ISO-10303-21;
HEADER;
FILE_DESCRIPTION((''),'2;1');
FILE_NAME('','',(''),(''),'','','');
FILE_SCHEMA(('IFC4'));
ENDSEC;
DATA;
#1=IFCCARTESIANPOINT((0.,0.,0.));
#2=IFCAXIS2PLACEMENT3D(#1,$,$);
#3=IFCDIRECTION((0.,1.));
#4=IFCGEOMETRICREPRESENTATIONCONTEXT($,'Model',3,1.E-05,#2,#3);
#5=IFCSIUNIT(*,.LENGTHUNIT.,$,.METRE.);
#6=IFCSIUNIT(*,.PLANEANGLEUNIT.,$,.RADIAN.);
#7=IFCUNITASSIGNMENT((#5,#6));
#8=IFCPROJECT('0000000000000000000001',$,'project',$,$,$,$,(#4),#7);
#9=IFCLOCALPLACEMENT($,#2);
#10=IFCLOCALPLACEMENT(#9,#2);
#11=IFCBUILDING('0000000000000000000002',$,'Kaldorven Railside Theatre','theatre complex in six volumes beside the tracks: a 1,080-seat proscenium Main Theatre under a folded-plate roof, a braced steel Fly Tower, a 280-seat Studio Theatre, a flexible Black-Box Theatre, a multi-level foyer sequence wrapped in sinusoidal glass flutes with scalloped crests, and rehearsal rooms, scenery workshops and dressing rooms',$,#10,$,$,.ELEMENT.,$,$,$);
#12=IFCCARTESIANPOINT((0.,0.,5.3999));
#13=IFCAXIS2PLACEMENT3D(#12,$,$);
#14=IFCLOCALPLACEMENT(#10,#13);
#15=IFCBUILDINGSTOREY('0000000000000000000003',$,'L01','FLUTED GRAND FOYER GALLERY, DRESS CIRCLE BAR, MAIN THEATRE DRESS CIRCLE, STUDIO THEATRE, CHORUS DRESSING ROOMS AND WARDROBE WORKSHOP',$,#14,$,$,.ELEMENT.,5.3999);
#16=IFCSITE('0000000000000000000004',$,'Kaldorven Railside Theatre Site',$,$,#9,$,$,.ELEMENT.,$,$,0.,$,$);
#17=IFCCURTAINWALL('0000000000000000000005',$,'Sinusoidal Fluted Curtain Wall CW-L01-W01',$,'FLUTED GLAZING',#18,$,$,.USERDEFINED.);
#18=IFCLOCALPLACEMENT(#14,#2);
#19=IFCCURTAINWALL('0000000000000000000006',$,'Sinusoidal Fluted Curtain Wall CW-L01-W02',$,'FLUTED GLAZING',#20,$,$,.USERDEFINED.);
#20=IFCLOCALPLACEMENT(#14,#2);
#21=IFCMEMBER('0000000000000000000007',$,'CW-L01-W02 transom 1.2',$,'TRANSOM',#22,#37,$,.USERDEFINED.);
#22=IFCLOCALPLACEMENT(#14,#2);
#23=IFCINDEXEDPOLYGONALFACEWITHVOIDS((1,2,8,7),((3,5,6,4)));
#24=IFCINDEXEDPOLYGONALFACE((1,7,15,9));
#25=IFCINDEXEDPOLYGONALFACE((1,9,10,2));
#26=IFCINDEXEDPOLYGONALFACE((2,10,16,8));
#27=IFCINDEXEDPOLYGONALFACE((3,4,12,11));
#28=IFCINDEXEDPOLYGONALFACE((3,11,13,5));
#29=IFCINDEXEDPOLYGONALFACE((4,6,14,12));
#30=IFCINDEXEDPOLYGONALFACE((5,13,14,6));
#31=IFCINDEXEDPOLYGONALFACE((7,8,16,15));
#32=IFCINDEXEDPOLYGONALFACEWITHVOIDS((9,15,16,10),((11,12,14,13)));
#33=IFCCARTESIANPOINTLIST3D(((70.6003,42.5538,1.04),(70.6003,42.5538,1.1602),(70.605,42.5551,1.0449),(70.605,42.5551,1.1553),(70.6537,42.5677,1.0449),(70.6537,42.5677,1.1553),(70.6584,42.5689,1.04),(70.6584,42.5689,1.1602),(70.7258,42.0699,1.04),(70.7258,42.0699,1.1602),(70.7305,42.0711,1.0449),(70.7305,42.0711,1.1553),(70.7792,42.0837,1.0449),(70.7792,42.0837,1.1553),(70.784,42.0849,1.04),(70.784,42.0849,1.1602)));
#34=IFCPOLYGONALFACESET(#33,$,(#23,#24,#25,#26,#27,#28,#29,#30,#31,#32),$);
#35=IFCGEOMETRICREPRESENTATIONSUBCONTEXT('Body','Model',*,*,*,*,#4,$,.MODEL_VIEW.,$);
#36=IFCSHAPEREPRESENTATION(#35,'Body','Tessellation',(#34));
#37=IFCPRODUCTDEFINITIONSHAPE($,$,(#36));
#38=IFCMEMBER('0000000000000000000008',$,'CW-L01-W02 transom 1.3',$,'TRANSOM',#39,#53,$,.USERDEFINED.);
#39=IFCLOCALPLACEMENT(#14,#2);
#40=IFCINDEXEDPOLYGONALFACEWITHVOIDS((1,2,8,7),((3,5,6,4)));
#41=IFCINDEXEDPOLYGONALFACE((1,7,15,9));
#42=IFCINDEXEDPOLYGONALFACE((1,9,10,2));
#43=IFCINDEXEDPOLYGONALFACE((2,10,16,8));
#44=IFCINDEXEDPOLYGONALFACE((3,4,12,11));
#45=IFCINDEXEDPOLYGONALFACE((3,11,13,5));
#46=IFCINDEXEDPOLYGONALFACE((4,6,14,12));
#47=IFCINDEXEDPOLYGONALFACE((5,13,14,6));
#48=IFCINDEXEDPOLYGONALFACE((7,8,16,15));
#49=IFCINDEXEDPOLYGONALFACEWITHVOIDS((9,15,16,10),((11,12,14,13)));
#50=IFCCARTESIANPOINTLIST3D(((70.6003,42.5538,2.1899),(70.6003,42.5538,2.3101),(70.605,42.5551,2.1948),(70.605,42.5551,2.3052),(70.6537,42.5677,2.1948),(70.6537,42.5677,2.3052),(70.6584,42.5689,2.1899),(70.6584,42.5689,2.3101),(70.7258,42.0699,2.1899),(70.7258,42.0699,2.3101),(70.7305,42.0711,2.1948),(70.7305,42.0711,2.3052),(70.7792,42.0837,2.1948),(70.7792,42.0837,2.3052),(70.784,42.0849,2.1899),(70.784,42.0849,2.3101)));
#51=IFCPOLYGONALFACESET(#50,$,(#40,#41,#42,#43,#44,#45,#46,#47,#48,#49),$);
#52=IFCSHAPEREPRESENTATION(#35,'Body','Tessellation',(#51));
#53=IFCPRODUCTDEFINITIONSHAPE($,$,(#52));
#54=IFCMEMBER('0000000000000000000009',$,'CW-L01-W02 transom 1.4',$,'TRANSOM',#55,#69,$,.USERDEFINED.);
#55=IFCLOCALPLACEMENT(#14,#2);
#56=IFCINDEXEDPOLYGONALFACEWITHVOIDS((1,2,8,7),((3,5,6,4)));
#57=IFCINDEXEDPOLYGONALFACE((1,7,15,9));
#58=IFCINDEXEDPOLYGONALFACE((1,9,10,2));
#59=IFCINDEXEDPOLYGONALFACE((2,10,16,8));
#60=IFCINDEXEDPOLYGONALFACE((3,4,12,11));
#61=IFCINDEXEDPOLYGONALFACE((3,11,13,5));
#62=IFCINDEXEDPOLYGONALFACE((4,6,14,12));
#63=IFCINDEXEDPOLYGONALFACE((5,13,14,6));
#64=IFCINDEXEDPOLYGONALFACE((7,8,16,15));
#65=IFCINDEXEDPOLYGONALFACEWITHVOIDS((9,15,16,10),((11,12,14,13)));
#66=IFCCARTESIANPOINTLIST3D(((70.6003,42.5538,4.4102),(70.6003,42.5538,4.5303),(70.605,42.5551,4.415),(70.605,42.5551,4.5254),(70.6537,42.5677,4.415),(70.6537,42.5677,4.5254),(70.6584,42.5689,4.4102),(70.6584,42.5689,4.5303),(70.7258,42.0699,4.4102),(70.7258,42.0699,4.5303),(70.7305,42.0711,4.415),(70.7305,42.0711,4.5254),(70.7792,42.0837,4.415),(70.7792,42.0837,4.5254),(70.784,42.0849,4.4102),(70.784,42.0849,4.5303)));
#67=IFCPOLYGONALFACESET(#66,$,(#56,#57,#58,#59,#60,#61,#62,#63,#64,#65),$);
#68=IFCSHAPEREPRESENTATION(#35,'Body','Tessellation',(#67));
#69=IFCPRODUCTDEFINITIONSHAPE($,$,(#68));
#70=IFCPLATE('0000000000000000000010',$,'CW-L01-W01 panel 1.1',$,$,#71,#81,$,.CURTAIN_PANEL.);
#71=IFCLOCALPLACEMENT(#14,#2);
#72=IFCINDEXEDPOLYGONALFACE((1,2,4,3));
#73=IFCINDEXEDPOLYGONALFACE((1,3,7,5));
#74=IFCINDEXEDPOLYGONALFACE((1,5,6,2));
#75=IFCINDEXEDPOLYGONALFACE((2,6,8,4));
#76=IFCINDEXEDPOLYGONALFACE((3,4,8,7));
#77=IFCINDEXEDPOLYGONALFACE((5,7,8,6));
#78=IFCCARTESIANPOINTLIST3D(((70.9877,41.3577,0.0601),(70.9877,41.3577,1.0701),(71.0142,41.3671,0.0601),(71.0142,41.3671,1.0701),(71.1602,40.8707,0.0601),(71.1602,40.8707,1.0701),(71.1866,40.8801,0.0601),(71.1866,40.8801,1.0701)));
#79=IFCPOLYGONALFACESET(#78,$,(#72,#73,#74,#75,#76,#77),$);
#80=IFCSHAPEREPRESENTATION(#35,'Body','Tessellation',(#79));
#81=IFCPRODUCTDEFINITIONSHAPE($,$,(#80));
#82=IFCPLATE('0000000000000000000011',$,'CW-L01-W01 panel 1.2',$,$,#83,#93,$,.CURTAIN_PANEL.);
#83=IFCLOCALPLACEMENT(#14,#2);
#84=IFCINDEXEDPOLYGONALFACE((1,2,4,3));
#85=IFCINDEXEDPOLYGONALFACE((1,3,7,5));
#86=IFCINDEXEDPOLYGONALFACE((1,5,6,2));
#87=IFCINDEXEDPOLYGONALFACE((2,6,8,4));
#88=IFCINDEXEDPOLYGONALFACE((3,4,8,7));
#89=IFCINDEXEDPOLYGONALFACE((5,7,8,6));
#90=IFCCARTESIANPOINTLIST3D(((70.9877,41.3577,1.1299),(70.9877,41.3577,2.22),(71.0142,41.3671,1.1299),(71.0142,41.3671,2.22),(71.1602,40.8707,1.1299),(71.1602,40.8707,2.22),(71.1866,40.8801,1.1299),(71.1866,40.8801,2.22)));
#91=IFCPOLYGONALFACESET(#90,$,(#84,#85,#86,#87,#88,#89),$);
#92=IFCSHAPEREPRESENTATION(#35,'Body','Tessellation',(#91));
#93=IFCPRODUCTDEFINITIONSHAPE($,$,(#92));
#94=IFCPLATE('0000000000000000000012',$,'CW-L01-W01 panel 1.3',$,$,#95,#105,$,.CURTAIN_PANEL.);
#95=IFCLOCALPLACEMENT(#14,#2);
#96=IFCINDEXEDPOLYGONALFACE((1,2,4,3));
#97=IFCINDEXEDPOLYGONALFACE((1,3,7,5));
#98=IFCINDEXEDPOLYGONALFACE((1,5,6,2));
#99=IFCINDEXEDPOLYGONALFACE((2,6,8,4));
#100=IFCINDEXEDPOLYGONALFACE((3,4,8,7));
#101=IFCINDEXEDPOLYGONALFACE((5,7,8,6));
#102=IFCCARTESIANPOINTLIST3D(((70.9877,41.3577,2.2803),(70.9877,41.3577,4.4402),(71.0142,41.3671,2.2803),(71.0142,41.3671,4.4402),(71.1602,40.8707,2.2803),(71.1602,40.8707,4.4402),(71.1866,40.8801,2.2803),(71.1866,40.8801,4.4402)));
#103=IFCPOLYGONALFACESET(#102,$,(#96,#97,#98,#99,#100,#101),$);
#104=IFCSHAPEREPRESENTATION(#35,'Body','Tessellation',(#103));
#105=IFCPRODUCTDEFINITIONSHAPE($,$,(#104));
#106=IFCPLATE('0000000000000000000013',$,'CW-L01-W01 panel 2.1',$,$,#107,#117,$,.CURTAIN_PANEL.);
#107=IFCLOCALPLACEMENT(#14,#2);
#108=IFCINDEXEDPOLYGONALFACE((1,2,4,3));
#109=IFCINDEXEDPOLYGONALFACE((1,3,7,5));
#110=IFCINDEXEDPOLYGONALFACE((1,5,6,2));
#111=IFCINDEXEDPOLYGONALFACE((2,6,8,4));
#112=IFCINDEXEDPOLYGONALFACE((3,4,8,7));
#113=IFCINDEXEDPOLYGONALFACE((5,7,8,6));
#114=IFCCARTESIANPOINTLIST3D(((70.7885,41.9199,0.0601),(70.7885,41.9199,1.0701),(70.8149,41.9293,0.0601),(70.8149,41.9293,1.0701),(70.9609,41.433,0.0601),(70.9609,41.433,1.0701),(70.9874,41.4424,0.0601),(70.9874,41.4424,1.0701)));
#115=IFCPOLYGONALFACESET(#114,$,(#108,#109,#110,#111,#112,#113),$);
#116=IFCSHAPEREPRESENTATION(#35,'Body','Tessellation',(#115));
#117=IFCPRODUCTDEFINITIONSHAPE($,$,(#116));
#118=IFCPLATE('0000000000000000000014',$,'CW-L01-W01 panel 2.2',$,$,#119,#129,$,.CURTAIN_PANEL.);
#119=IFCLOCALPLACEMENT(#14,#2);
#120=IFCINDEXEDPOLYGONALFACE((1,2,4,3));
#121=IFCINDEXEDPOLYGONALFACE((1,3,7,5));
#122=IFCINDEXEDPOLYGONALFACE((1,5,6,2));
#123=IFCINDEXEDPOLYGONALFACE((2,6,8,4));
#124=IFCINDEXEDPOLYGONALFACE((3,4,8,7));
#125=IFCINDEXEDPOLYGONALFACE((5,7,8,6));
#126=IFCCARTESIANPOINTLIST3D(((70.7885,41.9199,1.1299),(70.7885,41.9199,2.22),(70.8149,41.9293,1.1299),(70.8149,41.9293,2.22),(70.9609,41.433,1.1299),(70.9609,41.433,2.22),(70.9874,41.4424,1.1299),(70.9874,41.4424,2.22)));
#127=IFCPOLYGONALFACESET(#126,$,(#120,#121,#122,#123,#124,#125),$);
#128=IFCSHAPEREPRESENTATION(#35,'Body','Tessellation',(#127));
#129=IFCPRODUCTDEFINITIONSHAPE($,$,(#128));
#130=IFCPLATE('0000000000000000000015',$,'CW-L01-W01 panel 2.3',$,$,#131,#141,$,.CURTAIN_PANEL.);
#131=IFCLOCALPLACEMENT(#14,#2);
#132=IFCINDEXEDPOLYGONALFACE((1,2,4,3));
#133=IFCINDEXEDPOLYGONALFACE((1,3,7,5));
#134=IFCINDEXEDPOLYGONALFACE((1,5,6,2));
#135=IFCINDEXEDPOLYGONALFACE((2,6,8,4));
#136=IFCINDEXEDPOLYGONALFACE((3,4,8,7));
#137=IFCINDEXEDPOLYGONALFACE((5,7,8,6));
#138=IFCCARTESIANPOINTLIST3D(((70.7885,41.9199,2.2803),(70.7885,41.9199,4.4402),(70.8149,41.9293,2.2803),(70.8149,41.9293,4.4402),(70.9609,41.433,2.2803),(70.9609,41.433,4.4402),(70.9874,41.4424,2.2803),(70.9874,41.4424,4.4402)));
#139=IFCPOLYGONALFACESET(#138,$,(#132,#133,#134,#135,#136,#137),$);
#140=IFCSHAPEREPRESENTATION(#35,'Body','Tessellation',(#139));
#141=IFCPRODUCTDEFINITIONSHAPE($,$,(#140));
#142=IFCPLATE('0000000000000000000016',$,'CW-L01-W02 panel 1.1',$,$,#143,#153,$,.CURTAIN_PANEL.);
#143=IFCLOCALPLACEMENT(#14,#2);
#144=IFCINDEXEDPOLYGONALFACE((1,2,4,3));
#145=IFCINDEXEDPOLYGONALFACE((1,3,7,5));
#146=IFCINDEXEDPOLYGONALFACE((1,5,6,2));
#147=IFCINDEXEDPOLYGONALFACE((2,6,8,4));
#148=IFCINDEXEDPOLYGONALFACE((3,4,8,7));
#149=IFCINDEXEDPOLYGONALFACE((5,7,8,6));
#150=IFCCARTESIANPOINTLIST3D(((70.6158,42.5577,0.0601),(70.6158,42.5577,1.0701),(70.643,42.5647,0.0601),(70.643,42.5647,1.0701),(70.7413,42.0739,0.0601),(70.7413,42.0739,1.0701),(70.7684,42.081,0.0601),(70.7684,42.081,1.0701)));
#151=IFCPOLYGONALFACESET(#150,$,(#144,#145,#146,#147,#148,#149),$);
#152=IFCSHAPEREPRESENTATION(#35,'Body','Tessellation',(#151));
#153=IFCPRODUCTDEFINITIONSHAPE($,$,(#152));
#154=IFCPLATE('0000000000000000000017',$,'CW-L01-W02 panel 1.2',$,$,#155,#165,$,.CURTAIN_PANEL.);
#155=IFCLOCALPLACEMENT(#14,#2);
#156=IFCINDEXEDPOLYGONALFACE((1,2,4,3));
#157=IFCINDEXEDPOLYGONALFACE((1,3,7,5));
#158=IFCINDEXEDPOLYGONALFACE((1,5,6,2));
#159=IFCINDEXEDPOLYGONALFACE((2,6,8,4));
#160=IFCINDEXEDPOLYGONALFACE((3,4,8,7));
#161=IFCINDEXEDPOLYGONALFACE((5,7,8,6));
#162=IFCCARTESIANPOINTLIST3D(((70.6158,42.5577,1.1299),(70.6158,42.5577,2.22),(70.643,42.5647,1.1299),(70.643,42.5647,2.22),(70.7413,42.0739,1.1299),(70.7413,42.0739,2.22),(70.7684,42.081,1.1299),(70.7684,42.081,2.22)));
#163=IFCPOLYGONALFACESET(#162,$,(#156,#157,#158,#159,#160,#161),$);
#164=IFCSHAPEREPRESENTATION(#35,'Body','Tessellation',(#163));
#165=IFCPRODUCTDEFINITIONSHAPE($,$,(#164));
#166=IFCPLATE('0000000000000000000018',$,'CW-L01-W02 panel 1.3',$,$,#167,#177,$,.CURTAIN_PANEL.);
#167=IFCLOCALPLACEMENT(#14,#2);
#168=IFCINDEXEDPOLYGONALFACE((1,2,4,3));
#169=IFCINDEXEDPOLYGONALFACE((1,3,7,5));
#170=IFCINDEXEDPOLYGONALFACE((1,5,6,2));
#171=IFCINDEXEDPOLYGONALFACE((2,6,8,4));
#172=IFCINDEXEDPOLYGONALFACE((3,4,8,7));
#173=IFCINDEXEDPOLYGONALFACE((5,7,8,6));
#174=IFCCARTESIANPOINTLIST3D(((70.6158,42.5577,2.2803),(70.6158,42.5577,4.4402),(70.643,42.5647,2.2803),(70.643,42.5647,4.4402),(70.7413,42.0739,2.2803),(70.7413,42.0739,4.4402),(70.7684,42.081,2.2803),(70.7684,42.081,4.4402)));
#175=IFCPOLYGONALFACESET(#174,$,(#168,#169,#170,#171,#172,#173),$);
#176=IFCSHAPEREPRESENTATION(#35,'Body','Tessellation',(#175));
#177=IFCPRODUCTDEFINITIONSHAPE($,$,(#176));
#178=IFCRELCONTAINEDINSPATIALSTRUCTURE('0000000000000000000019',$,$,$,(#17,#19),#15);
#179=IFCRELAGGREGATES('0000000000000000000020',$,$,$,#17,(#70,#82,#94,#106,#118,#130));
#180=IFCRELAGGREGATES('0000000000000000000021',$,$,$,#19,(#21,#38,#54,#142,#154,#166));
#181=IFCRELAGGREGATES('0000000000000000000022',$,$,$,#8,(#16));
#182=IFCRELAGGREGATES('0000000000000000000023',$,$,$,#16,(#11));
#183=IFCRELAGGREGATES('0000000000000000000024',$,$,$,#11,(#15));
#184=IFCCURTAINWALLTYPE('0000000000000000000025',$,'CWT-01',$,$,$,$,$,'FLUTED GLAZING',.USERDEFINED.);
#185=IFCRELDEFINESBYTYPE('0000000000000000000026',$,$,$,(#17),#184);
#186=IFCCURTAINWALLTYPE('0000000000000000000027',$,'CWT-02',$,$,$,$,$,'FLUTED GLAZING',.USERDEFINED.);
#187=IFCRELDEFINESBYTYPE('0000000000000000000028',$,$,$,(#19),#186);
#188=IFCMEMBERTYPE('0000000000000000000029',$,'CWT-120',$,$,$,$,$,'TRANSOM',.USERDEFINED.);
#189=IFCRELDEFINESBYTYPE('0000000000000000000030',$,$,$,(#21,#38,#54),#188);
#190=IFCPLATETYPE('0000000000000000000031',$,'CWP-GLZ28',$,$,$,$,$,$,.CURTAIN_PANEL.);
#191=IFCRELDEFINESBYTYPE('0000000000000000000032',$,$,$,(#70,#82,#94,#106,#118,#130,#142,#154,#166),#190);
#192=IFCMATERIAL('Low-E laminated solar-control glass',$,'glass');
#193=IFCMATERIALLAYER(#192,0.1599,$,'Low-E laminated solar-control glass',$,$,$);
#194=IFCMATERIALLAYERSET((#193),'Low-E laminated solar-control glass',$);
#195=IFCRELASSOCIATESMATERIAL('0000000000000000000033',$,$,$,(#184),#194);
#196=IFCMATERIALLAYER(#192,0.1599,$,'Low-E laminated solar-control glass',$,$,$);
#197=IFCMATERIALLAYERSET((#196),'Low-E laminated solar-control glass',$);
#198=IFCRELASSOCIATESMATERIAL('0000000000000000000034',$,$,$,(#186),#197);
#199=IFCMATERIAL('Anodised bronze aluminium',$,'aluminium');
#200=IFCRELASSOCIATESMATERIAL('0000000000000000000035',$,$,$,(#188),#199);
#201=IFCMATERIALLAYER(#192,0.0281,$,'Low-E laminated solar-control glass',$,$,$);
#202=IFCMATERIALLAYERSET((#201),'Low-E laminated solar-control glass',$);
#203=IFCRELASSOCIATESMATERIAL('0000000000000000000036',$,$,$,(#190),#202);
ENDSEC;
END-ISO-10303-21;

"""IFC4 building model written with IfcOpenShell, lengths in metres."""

from ifc_helpers import new_model, si_unit, direction, frame, origin, origin_2d, place, context, subcontext, project, spatial, rectangle, hollow_rectangle, extrude, material, layer, layer_set, material_profile, profile_set, type_object, element, aggregate, save


model = new_model("IFC4")

# Units and contexts
model_context = context("Model", 3, precision=1e-05, world=origin(), true_north=direction((0.0, 1.0)))
body_context = subcontext(model_context, "Body", "Model", "MODEL_VIEW")
ifc_project = project(units=[si_unit("LENGTHUNIT", "METRE"), si_unit("PLANEANGLEUNIT", "RADIAN")], contexts=[model_context])

# Site, building, storey
site_placement = place(None, origin())
site = spatial("IfcSite", under=ifc_project, at=site_placement, Name="Kaldorven Railside Theatre Site", CompositionType="ELEMENT", RefElevation=0.0)
building_placement = place(site_placement, origin())
building = spatial("IfcBuilding", under=site, at=building_placement, Name="Kaldorven Railside Theatre", Description="theatre complex in six volumes beside the tracks: a 1,080-seat proscenium Main Theatre under a folded-plate roof, a braced steel Fly Tower, a 280-seat Studio Theatre, a flexible Black-Box Theatre, a multi-level foyer sequence wrapped in sinusoidal glass flutes with scalloped crests, and rehearsal rooms, scenery workshops and dressing rooms", CompositionType="ELEMENT")
storey_placement = place(building_placement, frame((0.0, 0.0, 5.3999)))
storey = spatial("IfcBuildingStorey", under=building, at=storey_placement, Name="L01", Description="FLUTED GRAND FOYER GALLERY, DRESS CIRCLE BAR, MAIN THEATRE DRESS CIRCLE, STUDIO THEATRE, CHORUS DRESSING ROOMS AND WARDROBE WORKSHOP", CompositionType="ELEMENT", Elevation=5.3999)

# Curtain wall
ifc_material_1 = material(Name="Low-E laminated solar-control glass", Category="glass")
ifc_layer_1 = layer(ifc_material_1, 0.1599, Name="Low-E laminated solar-control glass")
ifc_layer_set_1 = layer_set([ifc_layer_1], Name="Low-E laminated solar-control glass")
curtain_wall_type_1 = type_object("IfcCurtainWallType", Name="CWT-01", ElementType="FLUTED GLAZING", PredefinedType="USERDEFINED", material=ifc_layer_set_1)
curtain_wall_1_placement = place(storey_placement, origin())
curtain_wall_1 = element("IfcCurtainWall", 1, at=curtain_wall_1_placement, inside=storey, type_object=curtain_wall_type_1, Name="Sinusoidal Fluted Curtain Wall CW-L01-W01", ObjectType="FLUTED GLAZING", PredefinedType="USERDEFINED")
ifc_material_2 = material(Name="Anodised bronze aluminium", Category="aluminium")

# Curtain wall
ifc_layer_2 = layer(ifc_material_1, 0.1599, Name="Low-E laminated solar-control glass")
ifc_layer_set_2 = layer_set([ifc_layer_2], Name="Low-E laminated solar-control glass")
curtain_wall_type_2 = type_object("IfcCurtainWallType", Name="CWT-02", ElementType="FLUTED GLAZING", PredefinedType="USERDEFINED", material=ifc_layer_set_2)
curtain_wall_2_placement = place(storey_placement, origin())
curtain_wall_2 = element("IfcCurtainWall", 2, at=curtain_wall_2_placement, inside=storey, type_object=curtain_wall_type_2, Name="Sinusoidal Fluted Curtain Wall CW-L01-W02", ObjectType="FLUTED GLAZING", PredefinedType="USERDEFINED")

# Members
ifc_material_profile_1 = material_profile(ifc_material_2, hollow_rectangle(XDim=0.0601, YDim=0.1201, WallThickness=0.0049, at=origin_2d()), Name="RHS 120x60x5")
ifc_profile_set_1 = profile_set([ifc_material_profile_1], Name="Anodised bronze aluminium")
member_type_1 = type_object("IfcMemberType", Name="CWT-120", ElementType="TRANSOM", PredefinedType="USERDEFINED", material=ifc_profile_set_1)
member_1_placement = place(storey_placement, frame((70.7549, 42.0774, 1.1001), z_axis=(-0.25103, 0.967979, 0.0), x_axis=(-0.967979, -0.25103, 0.0)))
member_1 = element("IfcMember", 3, at=member_1_placement, type_object=member_type_1, Name="CW-L01-W02 transom 1.2", ObjectType="TRANSOM", PredefinedType="USERDEFINED", context=body_context, shape_type="SweptSolid", body=[
    extrude(hollow_rectangle(XDim=0.0601, YDim=0.1201, WallThickness=0.0049, at=origin_2d()), origin(), (0.0, 0.0, 1.0), 0.5),
])
member_2_placement = place(storey_placement, frame((70.7549, 42.0774, 2.25), z_axis=(-0.25103, 0.967979, 0.0), x_axis=(-0.967979, -0.25103, 0.0)))
member_2 = element("IfcMember", 4, at=member_2_placement, type_object=member_type_1, Name="CW-L01-W02 transom 1.3", ObjectType="TRANSOM", PredefinedType="USERDEFINED", context=body_context, shape_type="SweptSolid", body=[
    extrude(hollow_rectangle(XDim=0.0601, YDim=0.1201, WallThickness=0.0049, at=origin_2d()), origin(), (0.0, 0.0, 1.0), 0.5),
])
member_3_placement = place(storey_placement, frame((70.7549, 42.0774, 4.4702), z_axis=(-0.25103, 0.967979, 0.0), x_axis=(-0.967979, -0.25103, 0.0)))
member_3 = element("IfcMember", 5, at=member_3_placement, type_object=member_type_1, Name="CW-L01-W02 transom 1.4", ObjectType="TRANSOM", PredefinedType="USERDEFINED", context=body_context, shape_type="SweptSolid", body=[
    extrude(hollow_rectangle(XDim=0.0601, YDim=0.1201, WallThickness=0.0049, at=origin_2d()), origin(), (0.0, 0.0, 1.0), 0.5),
])

# Plates
ifc_layer_3 = layer(ifc_material_1, 0.0281, Name="Low-E laminated solar-control glass")
ifc_layer_set_3 = layer_set([ifc_layer_3], Name="Low-E laminated solar-control glass")
plate_type = type_object("IfcPlateType", Name="CWP-GLZ28", PredefinedType="CURTAIN_PANEL", material=ifc_layer_set_3)
plate_1_placement = place(storey_placement, frame((71.0872, 41.1189, 0.0601), z_axis=(0.0, 0.0, 1.0), x_axis=(-0.333847, 0.942627, 0.0)))
plate_1 = element("IfcPlate", 6, at=plate_1_placement, type_object=plate_type, Name="CW-L01-W01 panel 1.1", PredefinedType="CURTAIN_PANEL", context=body_context, shape_type="SweptSolid", body=[
    extrude(rectangle(XDim=0.5166, YDim=0.0281, at=origin_2d()), origin(), (0.0, 0.0, 1.0), 1.01),
])
plate_2_placement = place(storey_placement, frame((71.0872, 41.1189, 1.1299), z_axis=(0.0, 0.0, 1.0), x_axis=(-0.333847, 0.942627, 0.0)))
plate_2 = element("IfcPlate", 7, at=plate_2_placement, type_object=plate_type, Name="CW-L01-W01 panel 1.2", PredefinedType="CURTAIN_PANEL", context=body_context, shape_type="SweptSolid", body=[
    extrude(rectangle(XDim=0.5166, YDim=0.0281, at=origin_2d()), origin(), (0.0, 0.0, 1.0), 1.0901),
])
plate_3_placement = place(storey_placement, frame((71.0872, 41.1189, 2.2803), z_axis=(0.0, 0.0, 1.0), x_axis=(-0.333847, 0.942627, 0.0)))
plate_3 = element("IfcPlate", 8, at=plate_3_placement, type_object=plate_type, Name="CW-L01-W01 panel 1.3", PredefinedType="CURTAIN_PANEL", context=body_context, shape_type="SweptSolid", body=[
    extrude(rectangle(XDim=0.5166, YDim=0.0281, at=origin_2d()), origin(), (0.0, 0.0, 1.0), 2.1599),
])
plate_4_placement = place(storey_placement, frame((70.8879, 41.6812, 0.0601), z_axis=(0.0, 0.0, 1.0), x_axis=(-0.333847, 0.942627, 0.0)))
plate_4 = element("IfcPlate", 9, at=plate_4_placement, type_object=plate_type, Name="CW-L01-W01 panel 2.1", PredefinedType="CURTAIN_PANEL", context=body_context, shape_type="SweptSolid", body=[
    extrude(rectangle(XDim=0.5166, YDim=0.0281, at=origin_2d()), origin(), (0.0, 0.0, 1.0), 1.01),
])
plate_5_placement = place(storey_placement, frame((70.8879, 41.6812, 1.1299), z_axis=(0.0, 0.0, 1.0), x_axis=(-0.333847, 0.942627, 0.0)))
plate_5 = element("IfcPlate", 10, at=plate_5_placement, type_object=plate_type, Name="CW-L01-W01 panel 2.2", PredefinedType="CURTAIN_PANEL", context=body_context, shape_type="SweptSolid", body=[
    extrude(rectangle(XDim=0.5166, YDim=0.0281, at=origin_2d()), origin(), (0.0, 0.0, 1.0), 1.0901),
])
plate_6_placement = place(storey_placement, frame((70.8879, 41.6812, 2.2803), z_axis=(0.0, 0.0, 1.0), x_axis=(-0.333847, 0.942627, 0.0)))
plate_6 = element("IfcPlate", 11, at=plate_6_placement, type_object=plate_type, Name="CW-L01-W01 panel 2.3", PredefinedType="CURTAIN_PANEL", context=body_context, shape_type="SweptSolid", body=[
    extrude(rectangle(XDim=0.5166, YDim=0.0281, at=origin_2d()), origin(), (0.0, 0.0, 1.0), 2.1599),
])
aggregate(curtain_wall_1, [plate_1, plate_2, plate_3, plate_4, plate_5, plate_6])
plate_7_placement = place(storey_placement, frame((70.6921, 42.3193, 0.0601), z_axis=(0.0, 0.0, 1.0), x_axis=(-0.250954, 0.967999, 0.0)))
plate_7 = element("IfcPlate", 12, at=plate_7_placement, type_object=plate_type, Name="CW-L01-W02 panel 1.1", PredefinedType="CURTAIN_PANEL", context=body_context, shape_type="SweptSolid", body=[
    extrude(rectangle(XDim=0.4998, YDim=0.0281, at=origin_2d()), origin(), (0.0, 0.0, 1.0), 1.01),
])
plate_8_placement = place(storey_placement, frame((70.6921, 42.3193, 1.1299), z_axis=(0.0, 0.0, 1.0), x_axis=(-0.250954, 0.967999, 0.0)))
plate_8 = element("IfcPlate", 13, at=plate_8_placement, type_object=plate_type, Name="CW-L01-W02 panel 1.2", PredefinedType="CURTAIN_PANEL", context=body_context, shape_type="SweptSolid", body=[
    extrude(rectangle(XDim=0.4998, YDim=0.0281, at=origin_2d()), origin(), (0.0, 0.0, 1.0), 1.0901),
])
plate_9_placement = place(storey_placement, frame((70.6921, 42.3193, 2.2803), z_axis=(0.0, 0.0, 1.0), x_axis=(-0.250954, 0.967999, 0.0)))
plate_9 = element("IfcPlate", 14, at=plate_9_placement, type_object=plate_type, Name="CW-L01-W02 panel 1.3", PredefinedType="CURTAIN_PANEL", context=body_context, shape_type="SweptSolid", body=[
    extrude(rectangle(XDim=0.4998, YDim=0.0281, at=origin_2d()), origin(), (0.0, 0.0, 1.0), 2.1599),
])
aggregate(curtain_wall_2, [member_1, member_2, member_3, plate_7, plate_8, plate_9])

save(model, "model.ifc")
